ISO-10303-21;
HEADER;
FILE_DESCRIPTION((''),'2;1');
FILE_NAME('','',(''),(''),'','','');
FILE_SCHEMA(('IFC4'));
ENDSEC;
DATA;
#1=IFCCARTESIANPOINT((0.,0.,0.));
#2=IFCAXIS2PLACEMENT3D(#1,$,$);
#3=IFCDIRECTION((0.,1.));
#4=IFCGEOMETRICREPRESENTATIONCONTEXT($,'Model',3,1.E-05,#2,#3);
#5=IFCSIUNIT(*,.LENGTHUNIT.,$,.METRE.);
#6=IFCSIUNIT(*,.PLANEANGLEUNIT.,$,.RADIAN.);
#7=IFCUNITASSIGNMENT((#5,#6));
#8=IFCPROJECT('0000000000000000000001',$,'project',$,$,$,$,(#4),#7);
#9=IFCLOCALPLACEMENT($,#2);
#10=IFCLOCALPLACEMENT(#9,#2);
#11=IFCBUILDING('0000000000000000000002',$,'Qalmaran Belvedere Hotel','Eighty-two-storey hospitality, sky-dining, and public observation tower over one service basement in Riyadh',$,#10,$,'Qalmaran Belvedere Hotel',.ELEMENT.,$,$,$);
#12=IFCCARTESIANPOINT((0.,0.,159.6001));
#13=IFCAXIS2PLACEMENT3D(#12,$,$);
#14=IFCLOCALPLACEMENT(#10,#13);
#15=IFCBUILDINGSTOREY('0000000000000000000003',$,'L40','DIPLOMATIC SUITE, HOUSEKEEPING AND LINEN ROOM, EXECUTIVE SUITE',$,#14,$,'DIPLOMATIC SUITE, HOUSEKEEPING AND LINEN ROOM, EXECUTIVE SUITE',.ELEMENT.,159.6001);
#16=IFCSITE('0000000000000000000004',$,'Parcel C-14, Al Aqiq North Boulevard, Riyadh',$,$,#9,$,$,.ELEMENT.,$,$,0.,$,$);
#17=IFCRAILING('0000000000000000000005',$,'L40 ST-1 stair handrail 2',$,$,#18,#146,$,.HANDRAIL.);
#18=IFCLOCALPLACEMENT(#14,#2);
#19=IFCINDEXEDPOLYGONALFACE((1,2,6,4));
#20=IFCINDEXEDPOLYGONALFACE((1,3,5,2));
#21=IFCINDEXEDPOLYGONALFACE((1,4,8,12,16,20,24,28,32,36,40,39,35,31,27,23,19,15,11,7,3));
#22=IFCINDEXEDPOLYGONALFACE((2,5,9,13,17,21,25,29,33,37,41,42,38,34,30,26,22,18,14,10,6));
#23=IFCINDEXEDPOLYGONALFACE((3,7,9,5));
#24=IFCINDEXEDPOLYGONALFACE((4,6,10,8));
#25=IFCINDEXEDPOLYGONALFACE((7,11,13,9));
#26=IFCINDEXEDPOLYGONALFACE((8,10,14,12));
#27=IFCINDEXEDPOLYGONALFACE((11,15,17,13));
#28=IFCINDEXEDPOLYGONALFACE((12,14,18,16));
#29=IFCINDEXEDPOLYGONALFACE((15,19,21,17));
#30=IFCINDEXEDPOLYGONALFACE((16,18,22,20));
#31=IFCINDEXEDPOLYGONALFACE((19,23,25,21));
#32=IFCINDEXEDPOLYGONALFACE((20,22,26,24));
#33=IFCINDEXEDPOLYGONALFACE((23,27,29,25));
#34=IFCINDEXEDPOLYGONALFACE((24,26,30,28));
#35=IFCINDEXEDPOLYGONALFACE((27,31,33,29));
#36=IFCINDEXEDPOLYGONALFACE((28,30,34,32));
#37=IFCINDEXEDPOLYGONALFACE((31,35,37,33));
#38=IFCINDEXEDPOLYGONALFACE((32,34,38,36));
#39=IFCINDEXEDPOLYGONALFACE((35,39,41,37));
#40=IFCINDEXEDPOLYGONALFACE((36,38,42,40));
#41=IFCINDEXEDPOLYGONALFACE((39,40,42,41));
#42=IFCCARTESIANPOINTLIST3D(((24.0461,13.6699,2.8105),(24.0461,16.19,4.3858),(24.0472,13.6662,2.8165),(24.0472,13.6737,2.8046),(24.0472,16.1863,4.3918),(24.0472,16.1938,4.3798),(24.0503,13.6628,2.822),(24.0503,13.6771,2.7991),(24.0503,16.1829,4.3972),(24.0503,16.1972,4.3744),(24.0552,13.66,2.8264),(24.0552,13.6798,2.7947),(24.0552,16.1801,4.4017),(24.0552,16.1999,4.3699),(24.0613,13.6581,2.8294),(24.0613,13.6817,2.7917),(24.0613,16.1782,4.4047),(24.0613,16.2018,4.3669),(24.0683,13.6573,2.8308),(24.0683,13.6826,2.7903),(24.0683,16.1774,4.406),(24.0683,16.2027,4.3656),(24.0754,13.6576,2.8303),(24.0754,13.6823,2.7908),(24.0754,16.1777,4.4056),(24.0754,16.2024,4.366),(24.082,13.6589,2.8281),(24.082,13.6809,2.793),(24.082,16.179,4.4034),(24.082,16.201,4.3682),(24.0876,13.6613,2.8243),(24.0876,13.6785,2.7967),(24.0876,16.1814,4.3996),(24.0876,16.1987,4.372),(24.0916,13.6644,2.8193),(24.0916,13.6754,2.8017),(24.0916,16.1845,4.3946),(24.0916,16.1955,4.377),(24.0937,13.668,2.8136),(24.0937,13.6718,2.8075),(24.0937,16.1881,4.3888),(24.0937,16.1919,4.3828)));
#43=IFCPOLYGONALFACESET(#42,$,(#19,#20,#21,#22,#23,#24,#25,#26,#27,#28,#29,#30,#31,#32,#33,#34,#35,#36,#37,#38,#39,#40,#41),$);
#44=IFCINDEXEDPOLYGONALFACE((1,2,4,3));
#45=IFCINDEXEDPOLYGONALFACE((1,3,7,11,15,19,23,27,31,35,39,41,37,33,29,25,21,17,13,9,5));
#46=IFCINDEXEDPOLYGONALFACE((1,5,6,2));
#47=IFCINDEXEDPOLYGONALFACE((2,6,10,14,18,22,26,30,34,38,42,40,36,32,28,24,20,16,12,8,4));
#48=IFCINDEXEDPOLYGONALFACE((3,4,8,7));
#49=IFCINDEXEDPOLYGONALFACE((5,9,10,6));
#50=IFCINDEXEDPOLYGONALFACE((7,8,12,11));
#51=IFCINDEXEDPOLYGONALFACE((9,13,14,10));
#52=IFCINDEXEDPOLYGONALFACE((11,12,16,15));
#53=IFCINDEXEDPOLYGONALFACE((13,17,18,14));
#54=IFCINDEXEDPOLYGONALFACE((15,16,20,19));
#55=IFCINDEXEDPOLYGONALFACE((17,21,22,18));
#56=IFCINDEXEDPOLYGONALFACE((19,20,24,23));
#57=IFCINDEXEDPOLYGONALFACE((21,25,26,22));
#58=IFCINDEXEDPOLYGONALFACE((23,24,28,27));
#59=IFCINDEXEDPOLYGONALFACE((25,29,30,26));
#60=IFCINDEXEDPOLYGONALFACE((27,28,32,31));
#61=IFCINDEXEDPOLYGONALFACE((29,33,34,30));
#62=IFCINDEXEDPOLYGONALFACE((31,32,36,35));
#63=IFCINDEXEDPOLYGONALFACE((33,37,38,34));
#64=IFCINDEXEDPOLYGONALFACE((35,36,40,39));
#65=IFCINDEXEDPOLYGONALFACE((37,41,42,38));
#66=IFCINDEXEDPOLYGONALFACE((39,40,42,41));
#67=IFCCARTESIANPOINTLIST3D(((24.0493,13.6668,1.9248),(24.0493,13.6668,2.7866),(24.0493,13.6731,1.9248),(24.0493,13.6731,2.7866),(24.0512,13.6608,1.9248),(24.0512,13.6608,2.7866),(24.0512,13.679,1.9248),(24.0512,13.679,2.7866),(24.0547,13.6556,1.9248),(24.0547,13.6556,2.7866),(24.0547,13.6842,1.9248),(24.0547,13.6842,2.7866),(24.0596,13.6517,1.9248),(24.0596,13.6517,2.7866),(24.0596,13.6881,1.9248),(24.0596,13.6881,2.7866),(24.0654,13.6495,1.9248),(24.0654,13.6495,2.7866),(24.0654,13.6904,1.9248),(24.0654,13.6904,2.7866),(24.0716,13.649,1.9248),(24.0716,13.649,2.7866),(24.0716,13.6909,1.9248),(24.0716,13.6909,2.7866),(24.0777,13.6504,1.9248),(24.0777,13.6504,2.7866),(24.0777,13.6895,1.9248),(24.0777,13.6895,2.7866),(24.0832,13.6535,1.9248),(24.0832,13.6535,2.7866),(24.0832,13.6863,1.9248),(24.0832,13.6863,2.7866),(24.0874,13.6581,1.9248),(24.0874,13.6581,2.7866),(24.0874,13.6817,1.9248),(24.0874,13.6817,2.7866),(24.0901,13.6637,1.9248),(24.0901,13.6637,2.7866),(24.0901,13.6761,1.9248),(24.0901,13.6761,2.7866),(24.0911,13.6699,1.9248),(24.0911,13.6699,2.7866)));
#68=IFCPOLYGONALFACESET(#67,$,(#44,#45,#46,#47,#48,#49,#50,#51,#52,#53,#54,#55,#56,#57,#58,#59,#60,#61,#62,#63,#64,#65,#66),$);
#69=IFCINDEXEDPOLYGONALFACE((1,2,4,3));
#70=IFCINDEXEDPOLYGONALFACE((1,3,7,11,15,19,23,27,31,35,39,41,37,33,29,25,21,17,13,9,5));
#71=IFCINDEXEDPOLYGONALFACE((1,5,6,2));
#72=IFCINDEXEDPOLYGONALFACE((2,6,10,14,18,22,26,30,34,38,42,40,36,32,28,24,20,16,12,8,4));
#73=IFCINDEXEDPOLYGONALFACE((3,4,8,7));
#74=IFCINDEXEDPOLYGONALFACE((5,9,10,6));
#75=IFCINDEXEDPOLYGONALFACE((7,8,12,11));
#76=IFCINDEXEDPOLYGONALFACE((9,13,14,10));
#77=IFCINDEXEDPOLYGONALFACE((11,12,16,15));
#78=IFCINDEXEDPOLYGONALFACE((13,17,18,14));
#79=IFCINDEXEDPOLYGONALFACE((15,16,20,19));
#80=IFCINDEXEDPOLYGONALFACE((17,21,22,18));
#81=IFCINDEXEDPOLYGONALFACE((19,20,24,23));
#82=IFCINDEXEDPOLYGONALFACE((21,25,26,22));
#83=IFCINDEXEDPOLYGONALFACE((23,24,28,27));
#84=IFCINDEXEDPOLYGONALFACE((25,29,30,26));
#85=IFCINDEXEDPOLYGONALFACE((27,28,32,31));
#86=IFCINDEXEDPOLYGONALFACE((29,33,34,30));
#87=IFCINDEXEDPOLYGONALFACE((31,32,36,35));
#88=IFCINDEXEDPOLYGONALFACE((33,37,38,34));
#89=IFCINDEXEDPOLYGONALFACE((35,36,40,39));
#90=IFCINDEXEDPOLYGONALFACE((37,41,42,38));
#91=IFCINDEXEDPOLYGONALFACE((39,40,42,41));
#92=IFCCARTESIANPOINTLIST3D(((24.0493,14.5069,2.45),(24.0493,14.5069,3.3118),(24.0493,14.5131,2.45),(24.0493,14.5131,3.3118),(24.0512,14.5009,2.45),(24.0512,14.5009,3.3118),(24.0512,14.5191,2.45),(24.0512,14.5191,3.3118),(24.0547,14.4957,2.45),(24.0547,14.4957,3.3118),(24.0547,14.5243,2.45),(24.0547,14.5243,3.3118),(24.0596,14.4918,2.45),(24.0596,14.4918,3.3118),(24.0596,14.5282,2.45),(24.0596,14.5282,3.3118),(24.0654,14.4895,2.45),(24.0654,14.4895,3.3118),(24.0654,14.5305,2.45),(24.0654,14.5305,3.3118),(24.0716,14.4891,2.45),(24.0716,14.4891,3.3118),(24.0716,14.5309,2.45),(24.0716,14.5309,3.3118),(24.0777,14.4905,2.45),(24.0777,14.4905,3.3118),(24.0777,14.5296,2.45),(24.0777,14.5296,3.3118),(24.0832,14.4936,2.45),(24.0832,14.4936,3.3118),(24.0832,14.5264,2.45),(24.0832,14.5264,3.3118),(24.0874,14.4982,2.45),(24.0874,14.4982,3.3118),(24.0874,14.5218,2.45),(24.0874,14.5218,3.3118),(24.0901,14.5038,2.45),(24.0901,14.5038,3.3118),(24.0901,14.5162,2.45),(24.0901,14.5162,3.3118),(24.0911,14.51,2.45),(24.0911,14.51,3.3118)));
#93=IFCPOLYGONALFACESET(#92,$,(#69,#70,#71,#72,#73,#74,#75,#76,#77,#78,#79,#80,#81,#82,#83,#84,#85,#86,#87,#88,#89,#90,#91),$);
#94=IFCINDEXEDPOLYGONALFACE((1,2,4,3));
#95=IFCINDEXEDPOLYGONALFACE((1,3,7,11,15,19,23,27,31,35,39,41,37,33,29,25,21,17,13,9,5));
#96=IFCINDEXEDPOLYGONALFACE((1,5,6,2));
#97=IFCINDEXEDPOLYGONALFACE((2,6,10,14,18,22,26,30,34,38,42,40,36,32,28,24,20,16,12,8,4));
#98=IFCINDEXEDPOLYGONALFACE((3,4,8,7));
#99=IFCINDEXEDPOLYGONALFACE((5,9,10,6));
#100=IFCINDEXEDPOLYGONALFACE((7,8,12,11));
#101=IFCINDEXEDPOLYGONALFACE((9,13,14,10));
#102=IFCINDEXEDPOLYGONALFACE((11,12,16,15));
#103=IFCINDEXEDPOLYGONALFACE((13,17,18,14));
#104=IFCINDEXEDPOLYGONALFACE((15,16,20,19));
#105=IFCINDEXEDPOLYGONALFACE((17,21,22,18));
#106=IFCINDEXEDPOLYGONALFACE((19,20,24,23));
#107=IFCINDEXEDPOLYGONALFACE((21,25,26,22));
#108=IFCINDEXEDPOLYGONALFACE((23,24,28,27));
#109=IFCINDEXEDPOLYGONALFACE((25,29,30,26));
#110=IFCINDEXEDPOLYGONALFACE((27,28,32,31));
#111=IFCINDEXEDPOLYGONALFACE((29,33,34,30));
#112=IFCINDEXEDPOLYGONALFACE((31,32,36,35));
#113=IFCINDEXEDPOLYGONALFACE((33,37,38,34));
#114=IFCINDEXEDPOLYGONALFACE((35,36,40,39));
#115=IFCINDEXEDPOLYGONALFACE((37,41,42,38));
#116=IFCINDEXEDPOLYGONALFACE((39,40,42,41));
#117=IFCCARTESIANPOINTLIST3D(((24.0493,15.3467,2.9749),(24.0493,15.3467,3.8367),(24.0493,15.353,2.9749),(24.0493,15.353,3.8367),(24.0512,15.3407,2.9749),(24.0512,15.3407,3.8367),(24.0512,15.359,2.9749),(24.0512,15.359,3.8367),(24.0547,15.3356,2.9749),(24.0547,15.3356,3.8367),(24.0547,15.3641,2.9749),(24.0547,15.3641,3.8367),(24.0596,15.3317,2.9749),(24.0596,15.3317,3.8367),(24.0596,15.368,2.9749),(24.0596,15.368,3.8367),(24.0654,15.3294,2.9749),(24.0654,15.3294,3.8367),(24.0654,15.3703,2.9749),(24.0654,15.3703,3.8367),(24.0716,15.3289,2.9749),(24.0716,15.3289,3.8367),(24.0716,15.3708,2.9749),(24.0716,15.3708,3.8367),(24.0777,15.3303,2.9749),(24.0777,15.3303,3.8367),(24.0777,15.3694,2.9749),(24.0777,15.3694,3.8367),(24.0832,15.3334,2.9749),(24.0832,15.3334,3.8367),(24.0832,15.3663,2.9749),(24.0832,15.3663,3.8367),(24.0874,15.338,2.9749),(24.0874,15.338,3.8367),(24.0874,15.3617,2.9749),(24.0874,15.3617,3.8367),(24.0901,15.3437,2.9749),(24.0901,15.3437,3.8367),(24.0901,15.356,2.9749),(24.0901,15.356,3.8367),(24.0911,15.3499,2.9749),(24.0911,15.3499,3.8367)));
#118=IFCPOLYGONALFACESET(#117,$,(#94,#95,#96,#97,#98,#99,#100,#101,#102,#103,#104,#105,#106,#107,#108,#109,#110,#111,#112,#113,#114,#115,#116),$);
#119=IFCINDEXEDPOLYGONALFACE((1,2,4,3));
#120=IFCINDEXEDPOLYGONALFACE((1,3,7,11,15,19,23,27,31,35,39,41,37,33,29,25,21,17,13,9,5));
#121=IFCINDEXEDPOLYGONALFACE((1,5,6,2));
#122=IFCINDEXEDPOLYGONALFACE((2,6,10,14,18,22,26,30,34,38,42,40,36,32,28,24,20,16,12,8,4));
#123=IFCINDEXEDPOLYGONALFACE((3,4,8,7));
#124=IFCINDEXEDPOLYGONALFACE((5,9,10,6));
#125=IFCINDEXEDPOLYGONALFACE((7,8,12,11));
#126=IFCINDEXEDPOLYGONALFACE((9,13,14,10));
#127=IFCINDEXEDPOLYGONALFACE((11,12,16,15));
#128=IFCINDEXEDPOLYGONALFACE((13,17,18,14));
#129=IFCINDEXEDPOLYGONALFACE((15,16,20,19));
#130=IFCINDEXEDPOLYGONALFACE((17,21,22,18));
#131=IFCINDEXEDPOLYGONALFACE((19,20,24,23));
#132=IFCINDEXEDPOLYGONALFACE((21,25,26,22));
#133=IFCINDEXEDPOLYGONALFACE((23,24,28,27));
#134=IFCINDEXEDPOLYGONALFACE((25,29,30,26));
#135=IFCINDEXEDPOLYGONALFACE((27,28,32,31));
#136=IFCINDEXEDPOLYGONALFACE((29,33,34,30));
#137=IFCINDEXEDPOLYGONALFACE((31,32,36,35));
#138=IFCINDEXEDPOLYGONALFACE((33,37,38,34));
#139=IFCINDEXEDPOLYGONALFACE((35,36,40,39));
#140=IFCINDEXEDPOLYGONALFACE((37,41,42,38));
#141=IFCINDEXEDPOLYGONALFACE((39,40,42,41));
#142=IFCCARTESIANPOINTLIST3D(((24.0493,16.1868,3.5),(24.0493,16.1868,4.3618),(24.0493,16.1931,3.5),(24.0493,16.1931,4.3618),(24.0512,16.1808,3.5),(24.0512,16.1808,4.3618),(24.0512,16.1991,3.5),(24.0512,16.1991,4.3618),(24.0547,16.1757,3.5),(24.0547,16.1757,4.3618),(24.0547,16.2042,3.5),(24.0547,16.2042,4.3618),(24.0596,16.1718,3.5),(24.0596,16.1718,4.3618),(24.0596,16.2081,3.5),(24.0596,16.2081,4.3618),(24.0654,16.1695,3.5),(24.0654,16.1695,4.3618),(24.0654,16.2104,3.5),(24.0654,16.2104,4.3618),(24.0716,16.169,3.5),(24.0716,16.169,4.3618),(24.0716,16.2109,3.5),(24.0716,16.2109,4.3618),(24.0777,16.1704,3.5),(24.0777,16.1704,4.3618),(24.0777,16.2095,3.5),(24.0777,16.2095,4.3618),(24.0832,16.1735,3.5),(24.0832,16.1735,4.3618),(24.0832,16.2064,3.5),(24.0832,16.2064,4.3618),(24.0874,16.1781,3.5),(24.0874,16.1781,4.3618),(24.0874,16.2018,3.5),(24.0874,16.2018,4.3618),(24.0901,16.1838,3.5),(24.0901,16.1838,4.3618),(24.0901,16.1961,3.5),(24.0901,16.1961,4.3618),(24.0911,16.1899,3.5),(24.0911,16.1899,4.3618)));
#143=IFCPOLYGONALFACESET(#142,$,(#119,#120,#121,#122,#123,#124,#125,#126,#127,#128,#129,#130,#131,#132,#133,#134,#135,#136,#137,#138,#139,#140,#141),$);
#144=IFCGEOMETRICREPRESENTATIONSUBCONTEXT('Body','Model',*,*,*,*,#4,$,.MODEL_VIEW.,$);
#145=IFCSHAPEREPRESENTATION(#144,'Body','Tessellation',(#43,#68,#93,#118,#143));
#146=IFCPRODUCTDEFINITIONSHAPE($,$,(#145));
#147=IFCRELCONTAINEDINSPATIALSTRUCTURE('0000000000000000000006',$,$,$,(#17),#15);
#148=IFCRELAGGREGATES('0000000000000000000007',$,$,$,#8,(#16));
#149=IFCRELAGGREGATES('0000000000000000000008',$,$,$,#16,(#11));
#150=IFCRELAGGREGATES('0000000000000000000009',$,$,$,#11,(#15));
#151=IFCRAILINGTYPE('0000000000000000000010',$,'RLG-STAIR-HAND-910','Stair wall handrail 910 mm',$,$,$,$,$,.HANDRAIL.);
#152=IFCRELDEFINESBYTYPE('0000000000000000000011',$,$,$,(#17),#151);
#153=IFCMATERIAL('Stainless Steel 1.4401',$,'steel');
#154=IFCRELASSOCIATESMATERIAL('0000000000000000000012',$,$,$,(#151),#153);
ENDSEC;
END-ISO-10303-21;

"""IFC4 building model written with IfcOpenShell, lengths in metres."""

from ifc_helpers import new_model, si_unit, direction, frame, origin, origin_2d, place, context, subcontext, project, spatial, circle, extrude, material, type_object, element, save


model = new_model("IFC4")

# Units and contexts
model_context = context("Model", 3, precision=1e-05, world=origin(), true_north=direction((0.0, 1.0)))
body_context = subcontext(model_context, "Body", "Model", "MODEL_VIEW")
ifc_project = project(units=[si_unit("LENGTHUNIT", "METRE"), si_unit("PLANEANGLEUNIT", "RADIAN")], contexts=[model_context])

# Site, building, storey
site_placement = place(None, origin())
site = spatial("IfcSite", under=ifc_project, at=site_placement, Name="Parcel C-14, Al Aqiq North Boulevard, Riyadh", CompositionType="ELEMENT", RefElevation=0.0)
building_placement = place(site_placement, origin())
building = spatial("IfcBuilding", under=site, at=building_placement, Name="Qalmaran Belvedere Hotel", Description="Eighty-two-storey hospitality, sky-dining, and public observation tower over one service basement in Riyadh", LongName="Qalmaran Belvedere Hotel", CompositionType="ELEMENT")
storey_placement = place(building_placement, frame((0.0, 0.0, 159.6001)))
storey = spatial("IfcBuildingStorey", under=building, at=storey_placement, Name="L40", Description="DIPLOMATIC SUITE, HOUSEKEEPING AND LINEN ROOM, EXECUTIVE SUITE", LongName="DIPLOMATIC SUITE, HOUSEKEEPING AND LINEN ROOM, EXECUTIVE SUITE", CompositionType="ELEMENT", Elevation=159.6001)

# Shared definitions
ifc_material_1 = material(Name="Stainless Steel 1.4401", Category="steel")

# Railing
railing_type_1 = type_object("IfcRailingType", Name="RLG-STAIR-HAND-910", Description="Stair wall handrail 910 mm", PredefinedType="HANDRAIL", material=ifc_material_1)
railing_1_placement = place(storey_placement, frame((24.0701, 13.6699, 1.9248)))
element("IfcRailing", 1, at=railing_1_placement, inside=storey, type_object=railing_type_1, Name="L40 ST-1 stair handrail 2", PredefinedType="HANDRAIL", context=body_context, shape_type="SweptSolid", body=[
    extrude(circle(Radius=0.0239, at=origin_2d()), frame((0.0, 0.0, 0.8857), z_axis=(0.0, 0.847971, 0.530043), x_axis=(-1.0, 0.0, 0.0)), (0.0, 0.0, 1.0), 2.9719),
    extrude(circle(Radius=0.021, at=origin_2d()), origin(), (0.0, 0.0, 1.0), 0.8618),
    extrude(circle(Radius=0.021, at=origin_2d()), frame((0.0, 0.8401, 0.5251)), (0.0, 0.0, 1.0), 0.8618),
    extrude(circle(Radius=0.021, at=origin_2d()), frame((0.0, 1.6799, 1.05)), (0.0, 0.0, 1.0), 0.8618),
    extrude(circle(Radius=0.021, at=origin_2d()), frame((0.0, 2.52, 1.5752)), (0.0, 0.0, 1.0), 0.8618),
])

save(model, "model.ifc")
